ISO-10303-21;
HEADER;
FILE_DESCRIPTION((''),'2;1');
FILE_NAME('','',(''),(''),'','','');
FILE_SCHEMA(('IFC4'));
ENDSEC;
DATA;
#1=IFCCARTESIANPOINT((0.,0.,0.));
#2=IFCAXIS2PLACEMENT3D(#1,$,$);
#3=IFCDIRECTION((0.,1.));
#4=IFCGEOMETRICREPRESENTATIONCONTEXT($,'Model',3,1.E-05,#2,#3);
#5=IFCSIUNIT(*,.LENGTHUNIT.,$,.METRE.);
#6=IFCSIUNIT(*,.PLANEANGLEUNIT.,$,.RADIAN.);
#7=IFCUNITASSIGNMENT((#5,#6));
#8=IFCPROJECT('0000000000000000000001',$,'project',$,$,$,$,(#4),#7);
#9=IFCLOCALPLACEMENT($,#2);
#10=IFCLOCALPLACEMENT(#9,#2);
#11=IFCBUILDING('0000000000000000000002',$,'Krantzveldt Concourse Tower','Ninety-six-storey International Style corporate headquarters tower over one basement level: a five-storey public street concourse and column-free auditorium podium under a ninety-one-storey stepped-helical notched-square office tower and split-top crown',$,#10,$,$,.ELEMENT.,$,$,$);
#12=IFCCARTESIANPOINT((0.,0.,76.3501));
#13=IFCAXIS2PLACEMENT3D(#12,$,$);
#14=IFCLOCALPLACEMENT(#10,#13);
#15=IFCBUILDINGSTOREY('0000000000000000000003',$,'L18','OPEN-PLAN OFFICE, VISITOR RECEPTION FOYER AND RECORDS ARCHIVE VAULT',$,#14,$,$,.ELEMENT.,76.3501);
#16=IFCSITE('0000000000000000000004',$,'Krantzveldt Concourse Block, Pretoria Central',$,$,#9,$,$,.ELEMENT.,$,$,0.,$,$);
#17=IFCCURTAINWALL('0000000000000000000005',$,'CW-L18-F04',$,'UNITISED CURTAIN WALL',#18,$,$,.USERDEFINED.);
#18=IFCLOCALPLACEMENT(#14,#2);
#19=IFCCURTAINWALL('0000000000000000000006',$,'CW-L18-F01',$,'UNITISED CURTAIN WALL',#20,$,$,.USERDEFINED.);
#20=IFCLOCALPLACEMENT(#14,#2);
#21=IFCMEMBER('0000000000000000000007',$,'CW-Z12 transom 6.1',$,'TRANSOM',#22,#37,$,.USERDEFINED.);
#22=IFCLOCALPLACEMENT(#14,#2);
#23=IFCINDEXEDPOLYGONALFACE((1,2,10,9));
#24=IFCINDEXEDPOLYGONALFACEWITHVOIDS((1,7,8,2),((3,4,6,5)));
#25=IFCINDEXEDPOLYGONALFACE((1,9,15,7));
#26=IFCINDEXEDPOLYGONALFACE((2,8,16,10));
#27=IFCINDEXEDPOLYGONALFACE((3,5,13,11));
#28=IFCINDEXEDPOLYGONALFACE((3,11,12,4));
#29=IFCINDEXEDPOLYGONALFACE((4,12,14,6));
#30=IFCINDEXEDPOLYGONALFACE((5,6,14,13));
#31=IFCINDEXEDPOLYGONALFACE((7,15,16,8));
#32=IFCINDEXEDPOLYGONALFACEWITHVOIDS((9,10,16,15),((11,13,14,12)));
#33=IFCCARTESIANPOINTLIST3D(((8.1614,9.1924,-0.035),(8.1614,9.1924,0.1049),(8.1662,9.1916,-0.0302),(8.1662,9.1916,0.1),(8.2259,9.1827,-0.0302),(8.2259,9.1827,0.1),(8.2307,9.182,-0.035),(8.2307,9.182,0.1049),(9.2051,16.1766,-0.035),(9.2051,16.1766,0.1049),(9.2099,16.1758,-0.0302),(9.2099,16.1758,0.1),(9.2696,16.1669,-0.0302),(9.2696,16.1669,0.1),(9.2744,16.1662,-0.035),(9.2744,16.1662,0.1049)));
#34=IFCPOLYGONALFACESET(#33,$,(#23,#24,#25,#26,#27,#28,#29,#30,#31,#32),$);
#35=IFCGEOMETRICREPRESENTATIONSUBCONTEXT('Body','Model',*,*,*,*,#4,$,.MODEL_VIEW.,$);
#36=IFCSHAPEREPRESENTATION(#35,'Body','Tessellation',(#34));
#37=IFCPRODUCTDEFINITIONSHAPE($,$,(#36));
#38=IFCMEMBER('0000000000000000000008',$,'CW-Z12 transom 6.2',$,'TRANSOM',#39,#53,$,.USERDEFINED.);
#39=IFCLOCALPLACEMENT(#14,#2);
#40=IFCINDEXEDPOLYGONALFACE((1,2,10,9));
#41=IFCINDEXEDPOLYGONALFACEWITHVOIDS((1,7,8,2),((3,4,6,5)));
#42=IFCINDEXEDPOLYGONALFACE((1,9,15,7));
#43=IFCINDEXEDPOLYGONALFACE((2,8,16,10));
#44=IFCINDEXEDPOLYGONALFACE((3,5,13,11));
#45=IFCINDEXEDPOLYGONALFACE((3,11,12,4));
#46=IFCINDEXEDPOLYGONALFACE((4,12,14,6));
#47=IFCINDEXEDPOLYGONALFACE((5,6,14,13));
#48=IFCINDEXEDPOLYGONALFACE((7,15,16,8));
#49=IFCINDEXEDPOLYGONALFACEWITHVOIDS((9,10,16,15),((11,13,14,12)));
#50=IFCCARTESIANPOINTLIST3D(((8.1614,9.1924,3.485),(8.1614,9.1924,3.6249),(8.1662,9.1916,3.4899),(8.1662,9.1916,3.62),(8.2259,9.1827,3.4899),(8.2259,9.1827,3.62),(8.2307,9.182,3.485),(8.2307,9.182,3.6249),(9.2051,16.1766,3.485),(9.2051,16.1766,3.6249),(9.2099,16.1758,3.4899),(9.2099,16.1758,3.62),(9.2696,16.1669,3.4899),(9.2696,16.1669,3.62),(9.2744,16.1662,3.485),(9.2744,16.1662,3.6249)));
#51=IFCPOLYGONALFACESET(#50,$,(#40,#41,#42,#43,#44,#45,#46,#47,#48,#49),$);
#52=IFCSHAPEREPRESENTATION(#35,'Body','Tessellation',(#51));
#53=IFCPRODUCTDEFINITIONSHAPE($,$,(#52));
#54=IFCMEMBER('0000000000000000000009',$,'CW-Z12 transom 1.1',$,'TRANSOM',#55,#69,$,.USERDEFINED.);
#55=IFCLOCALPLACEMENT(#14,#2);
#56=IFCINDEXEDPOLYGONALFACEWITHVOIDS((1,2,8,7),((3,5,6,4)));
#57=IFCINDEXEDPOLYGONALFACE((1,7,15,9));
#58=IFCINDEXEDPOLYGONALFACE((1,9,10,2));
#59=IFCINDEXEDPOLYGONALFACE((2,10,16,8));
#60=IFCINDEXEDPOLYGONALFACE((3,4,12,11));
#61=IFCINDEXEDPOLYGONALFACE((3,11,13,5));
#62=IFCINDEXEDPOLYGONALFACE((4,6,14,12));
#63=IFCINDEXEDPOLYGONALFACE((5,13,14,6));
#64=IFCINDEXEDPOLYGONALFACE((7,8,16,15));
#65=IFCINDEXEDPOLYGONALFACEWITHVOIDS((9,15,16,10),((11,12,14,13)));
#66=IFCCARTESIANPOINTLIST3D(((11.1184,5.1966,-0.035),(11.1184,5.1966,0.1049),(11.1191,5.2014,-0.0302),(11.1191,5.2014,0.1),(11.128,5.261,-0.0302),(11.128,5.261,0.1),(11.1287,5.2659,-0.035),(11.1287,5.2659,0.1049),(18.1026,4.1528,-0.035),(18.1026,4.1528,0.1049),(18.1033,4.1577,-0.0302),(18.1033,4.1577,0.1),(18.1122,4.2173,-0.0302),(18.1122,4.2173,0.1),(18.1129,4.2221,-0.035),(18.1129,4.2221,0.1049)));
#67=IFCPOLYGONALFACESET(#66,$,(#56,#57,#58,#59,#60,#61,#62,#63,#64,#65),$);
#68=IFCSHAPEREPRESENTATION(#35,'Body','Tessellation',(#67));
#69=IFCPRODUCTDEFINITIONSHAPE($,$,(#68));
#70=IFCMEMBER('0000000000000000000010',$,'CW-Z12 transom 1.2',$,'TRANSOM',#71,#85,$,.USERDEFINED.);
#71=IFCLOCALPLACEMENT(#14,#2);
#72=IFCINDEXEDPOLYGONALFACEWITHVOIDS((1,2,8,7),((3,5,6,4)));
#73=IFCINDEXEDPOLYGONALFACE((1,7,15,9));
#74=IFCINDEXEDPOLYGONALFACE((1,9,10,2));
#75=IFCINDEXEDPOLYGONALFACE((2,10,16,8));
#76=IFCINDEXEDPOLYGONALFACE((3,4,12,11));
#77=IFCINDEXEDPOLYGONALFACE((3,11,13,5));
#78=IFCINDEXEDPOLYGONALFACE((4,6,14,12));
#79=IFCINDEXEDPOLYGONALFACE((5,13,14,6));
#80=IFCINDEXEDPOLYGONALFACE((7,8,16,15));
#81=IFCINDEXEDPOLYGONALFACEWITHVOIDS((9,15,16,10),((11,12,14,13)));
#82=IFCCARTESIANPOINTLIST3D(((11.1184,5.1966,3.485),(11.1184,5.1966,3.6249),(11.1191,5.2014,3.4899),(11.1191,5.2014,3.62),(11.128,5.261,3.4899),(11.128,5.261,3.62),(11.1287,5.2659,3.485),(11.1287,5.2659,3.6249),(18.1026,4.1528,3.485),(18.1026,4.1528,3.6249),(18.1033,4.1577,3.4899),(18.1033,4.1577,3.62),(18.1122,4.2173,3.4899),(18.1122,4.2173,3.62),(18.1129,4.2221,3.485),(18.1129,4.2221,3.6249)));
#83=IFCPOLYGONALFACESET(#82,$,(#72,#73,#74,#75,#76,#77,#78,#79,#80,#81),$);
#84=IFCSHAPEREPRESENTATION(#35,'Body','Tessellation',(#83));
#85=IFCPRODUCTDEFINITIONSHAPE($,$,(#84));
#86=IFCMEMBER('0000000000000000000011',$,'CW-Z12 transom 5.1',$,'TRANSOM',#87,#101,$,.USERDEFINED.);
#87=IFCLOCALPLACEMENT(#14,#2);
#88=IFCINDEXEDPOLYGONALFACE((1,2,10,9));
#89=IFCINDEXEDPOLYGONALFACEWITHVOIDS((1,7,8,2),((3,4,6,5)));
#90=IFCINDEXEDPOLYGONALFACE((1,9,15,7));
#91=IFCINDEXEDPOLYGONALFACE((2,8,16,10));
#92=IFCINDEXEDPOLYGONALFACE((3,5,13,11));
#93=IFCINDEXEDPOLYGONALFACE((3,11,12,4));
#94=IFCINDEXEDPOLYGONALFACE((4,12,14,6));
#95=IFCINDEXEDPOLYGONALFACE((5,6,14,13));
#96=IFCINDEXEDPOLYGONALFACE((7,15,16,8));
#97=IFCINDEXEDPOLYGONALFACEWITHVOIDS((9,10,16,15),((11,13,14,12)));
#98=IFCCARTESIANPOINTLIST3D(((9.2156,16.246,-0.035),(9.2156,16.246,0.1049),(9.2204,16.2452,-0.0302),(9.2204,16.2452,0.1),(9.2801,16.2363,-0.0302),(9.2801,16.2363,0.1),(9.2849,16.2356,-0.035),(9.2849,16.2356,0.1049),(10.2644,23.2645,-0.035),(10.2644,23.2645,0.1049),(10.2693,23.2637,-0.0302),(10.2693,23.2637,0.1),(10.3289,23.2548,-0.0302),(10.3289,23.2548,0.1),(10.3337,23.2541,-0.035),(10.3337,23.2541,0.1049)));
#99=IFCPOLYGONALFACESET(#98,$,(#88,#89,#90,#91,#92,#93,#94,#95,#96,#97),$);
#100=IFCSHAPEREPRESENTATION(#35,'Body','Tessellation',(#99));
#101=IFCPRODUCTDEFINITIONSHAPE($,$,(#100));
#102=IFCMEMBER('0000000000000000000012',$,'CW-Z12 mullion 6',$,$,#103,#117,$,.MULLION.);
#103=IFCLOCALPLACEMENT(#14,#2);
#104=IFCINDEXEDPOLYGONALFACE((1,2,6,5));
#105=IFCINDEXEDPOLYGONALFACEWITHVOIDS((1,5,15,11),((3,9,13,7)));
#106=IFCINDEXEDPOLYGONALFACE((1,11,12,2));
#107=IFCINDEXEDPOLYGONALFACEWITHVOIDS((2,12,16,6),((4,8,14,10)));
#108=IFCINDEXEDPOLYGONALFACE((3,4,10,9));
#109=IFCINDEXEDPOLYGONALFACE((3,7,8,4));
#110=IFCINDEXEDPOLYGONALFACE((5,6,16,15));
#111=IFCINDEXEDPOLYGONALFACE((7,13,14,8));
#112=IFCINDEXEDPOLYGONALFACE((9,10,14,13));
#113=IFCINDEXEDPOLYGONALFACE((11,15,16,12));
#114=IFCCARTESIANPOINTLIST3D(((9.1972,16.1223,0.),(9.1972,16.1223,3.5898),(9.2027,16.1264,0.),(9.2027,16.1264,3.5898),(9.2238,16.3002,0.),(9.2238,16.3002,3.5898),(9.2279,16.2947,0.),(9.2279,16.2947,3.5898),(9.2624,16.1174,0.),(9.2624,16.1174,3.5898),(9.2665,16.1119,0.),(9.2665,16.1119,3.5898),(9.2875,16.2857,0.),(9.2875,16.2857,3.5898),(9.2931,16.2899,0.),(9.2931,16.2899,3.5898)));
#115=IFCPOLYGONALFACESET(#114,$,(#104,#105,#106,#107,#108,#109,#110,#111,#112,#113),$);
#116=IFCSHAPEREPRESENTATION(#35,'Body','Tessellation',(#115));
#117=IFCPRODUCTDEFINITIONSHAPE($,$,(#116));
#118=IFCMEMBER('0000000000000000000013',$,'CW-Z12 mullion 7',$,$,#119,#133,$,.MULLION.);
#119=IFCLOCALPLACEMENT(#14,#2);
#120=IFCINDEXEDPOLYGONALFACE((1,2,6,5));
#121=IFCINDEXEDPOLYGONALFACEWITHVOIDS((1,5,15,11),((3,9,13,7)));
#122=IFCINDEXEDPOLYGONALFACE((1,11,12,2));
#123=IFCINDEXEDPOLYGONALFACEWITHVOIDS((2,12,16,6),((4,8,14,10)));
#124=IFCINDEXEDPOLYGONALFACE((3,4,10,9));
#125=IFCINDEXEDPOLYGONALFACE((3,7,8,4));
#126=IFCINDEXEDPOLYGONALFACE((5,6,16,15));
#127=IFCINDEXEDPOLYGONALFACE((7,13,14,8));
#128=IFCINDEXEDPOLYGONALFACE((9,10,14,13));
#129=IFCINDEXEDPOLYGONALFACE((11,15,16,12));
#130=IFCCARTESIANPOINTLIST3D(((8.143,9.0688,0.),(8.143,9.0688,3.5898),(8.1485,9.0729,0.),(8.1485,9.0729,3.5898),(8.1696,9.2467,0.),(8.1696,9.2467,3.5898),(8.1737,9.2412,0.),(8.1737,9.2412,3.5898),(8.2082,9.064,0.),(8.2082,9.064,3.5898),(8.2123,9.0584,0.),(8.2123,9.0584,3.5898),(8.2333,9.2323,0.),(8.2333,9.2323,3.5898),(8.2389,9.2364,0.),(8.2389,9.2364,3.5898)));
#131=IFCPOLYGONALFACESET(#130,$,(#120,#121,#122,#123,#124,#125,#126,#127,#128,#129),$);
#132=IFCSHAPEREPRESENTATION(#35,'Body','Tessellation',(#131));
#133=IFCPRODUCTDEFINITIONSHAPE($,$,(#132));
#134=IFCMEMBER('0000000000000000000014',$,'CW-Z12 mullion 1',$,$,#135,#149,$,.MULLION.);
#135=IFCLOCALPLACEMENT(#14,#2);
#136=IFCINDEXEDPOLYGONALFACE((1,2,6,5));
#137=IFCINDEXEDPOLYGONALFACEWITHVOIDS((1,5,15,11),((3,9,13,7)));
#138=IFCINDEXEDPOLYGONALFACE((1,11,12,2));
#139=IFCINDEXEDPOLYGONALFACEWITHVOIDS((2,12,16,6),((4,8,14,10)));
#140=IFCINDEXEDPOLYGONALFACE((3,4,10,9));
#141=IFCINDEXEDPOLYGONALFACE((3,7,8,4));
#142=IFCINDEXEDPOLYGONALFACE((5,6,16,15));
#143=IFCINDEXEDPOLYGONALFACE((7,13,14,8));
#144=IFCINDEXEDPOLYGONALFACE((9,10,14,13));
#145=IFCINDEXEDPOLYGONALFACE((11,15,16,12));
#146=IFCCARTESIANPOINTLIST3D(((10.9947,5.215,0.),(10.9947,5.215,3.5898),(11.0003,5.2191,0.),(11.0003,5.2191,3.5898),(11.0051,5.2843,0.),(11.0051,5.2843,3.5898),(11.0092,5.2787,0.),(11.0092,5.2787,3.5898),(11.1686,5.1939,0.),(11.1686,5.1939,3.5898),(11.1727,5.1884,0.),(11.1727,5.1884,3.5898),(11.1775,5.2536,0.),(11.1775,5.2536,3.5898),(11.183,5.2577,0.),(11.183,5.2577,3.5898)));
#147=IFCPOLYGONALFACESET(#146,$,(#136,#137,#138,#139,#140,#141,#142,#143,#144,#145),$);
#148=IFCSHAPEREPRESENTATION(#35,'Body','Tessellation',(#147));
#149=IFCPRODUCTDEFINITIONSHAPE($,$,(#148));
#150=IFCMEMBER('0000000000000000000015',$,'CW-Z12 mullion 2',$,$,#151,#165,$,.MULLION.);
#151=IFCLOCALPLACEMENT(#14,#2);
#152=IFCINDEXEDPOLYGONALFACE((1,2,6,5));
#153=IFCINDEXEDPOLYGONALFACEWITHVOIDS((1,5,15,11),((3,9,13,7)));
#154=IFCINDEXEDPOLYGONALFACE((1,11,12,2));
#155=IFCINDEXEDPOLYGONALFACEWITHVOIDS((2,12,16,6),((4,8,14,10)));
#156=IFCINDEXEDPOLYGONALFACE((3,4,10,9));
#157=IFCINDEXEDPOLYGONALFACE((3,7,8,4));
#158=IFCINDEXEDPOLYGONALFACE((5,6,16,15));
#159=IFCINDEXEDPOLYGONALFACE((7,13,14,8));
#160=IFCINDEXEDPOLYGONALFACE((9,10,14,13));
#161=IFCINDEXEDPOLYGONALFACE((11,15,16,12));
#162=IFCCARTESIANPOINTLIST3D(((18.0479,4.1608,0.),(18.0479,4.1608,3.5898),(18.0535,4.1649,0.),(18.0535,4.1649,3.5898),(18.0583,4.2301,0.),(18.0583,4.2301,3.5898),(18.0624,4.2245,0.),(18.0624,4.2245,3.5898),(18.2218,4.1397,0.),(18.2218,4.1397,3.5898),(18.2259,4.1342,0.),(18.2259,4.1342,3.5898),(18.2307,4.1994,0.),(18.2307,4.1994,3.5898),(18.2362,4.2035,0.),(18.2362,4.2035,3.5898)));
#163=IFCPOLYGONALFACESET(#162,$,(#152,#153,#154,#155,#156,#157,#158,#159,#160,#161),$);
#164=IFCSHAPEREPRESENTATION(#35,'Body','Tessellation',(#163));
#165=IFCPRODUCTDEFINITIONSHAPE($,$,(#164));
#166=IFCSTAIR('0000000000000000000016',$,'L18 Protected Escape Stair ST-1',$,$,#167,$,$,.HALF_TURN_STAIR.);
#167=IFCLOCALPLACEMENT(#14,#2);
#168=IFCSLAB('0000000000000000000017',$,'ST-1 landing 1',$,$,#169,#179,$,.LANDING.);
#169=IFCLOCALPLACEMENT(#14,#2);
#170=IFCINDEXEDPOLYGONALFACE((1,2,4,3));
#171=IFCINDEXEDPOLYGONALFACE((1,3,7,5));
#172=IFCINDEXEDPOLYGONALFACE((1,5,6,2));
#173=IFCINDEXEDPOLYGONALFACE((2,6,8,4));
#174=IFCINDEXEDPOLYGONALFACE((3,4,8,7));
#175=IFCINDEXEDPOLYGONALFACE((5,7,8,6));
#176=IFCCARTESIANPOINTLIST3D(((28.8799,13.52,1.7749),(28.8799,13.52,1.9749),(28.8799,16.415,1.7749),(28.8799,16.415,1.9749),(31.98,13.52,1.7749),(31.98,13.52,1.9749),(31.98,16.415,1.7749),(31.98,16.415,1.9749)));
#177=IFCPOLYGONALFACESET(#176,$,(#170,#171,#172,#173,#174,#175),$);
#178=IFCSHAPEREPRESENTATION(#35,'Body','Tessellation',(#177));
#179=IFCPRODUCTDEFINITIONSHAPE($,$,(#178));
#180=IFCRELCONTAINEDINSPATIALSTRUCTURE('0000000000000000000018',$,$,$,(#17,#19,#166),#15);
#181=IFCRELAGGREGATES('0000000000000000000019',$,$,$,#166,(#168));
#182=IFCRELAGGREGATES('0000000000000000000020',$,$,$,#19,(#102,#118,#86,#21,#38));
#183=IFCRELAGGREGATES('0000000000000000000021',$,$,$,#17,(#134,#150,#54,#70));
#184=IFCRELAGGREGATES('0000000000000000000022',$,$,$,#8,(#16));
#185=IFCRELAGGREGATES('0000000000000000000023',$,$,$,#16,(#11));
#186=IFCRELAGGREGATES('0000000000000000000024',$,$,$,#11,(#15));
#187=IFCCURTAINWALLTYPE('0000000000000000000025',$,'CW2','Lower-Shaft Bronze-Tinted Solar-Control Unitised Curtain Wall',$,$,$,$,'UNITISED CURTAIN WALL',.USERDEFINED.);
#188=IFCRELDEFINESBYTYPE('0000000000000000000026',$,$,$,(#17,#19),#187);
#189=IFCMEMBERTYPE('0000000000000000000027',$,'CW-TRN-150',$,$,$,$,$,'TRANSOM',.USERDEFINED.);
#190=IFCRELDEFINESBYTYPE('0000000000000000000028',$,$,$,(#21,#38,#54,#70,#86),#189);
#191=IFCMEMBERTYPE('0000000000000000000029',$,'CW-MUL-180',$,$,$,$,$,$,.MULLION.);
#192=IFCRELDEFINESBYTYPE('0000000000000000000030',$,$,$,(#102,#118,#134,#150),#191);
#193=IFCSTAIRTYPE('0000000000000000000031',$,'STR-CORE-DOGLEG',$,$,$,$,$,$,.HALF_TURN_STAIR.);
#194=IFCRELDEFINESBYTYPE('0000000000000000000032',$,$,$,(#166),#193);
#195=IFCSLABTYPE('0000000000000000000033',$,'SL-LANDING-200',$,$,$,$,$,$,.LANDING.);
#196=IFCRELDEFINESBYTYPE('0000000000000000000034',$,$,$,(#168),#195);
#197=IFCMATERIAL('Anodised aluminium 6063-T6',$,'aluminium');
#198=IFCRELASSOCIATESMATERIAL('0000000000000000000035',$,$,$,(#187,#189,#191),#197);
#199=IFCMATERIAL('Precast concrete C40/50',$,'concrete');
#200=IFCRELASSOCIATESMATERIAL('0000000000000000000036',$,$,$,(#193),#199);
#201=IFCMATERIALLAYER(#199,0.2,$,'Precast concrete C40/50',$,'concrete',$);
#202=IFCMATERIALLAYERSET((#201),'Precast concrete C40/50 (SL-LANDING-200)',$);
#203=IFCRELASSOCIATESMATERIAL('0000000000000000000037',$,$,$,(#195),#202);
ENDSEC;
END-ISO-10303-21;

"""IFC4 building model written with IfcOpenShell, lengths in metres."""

from ifc_helpers import new_model, si_unit, direction, frame, origin, origin_2d, place, context, subcontext, project, spatial, polyline, hollow_rectangle, outline, extrude, source, transform, mapped, material, layer, layer_set, material_profile, profile_set, type_object, type_shapes, element, aggregate, save


model = new_model("IFC4")

# Units and contexts
model_context = context("Model", 3, precision=1e-05, world=origin(), true_north=direction((0.0, 1.0)))
body_context = subcontext(model_context, "Body", "Model", "MODEL_VIEW")
ifc_project = project(units=[si_unit("LENGTHUNIT", "METRE"), si_unit("PLANEANGLEUNIT", "RADIAN")], contexts=[model_context])

# Site, building, storey
site_placement = place(None, origin())
site = spatial("IfcSite", under=ifc_project, at=site_placement, Name="Krantzveldt Concourse Block, Pretoria Central", CompositionType="ELEMENT", RefElevation=0.0)
building_placement = place(site_placement, origin())
building = spatial("IfcBuilding", under=site, at=building_placement, Name="Krantzveldt Concourse Tower", Description="Ninety-six-storey International Style corporate headquarters tower over one basement level: a five-storey public street concourse and column-free auditorium podium under a ninety-one-storey stepped-helical notched-square office tower and split-top crown", CompositionType="ELEMENT")
storey_placement = place(building_placement, frame((0.0, 0.0, 76.3501)))
storey = spatial("IfcBuildingStorey", under=building, at=storey_placement, Name="L18", Description="OPEN-PLAN OFFICE, VISITOR RECEPTION FOYER AND RECORDS ARCHIVE VAULT", CompositionType="ELEMENT", Elevation=76.3501)

# Curtain walls, members
ifc_material_1 = material(Name="Anodised aluminium 6063-T6", Category="aluminium")
curtain_wall_type = type_object("IfcCurtainWallType", Name="CW2", Description="Lower-Shaft Bronze-Tinted Solar-Control Unitised Curtain Wall", ElementType="UNITISED CURTAIN WALL", PredefinedType="USERDEFINED", material=ifc_material_1)
curtain_wall_1_placement = place(storey_placement, origin())
curtain_wall_1 = element("IfcCurtainWall", 1, at=curtain_wall_1_placement, inside=storey, type_object=curtain_wall_type, Name="CW-L18-F04", ObjectType="UNITISED CURTAIN WALL", PredefinedType="USERDEFINED")
ifc_material_profile_1 = material_profile(ifc_material_1, hollow_rectangle(XDim=0.0701, YDim=0.1399, WallThickness=0.0049, at=origin_2d()), Name="Anodised aluminium 6063-T6", Category="aluminium")
ifc_profile_set_1 = profile_set([ifc_material_profile_1], Name="Anodised aluminium 6063-T6 - ALU-TRAN 140x70x5")
member_type_1 = type_object("IfcMemberType", Name="CW-TRN-150", ElementType="TRANSOM", PredefinedType="USERDEFINED", material=ifc_profile_set_1)
curtain_wall_2_placement = place(storey_placement, origin())
curtain_wall_2 = element("IfcCurtainWall", 2, at=curtain_wall_2_placement, inside=storey, type_object=curtain_wall_type, Name="CW-L18-F01", ObjectType="UNITISED CURTAIN WALL", PredefinedType="USERDEFINED")
shared_shape_1 = source(origin(), body_context, "Body", "SweptSolid", [
    extrude(hollow_rectangle(XDim=0.0701, YDim=0.1399, WallThickness=0.0049, at=origin_2d()), origin(), (0.0, 0.0, 1.0), 7.0618),
])
member_1_placement = place(storey_placement, frame((9.2397, 16.1714, 0.0349), z_axis=(-0.147798, -0.989018, 0.0), x_axis=(0.989018, -0.147798, 0.0)))
member_1 = element("IfcMember", 3, at=member_1_placement, type_object=member_type_1, Name="CW-Z12 transom 6.1", ObjectType="TRANSOM", PredefinedType="USERDEFINED", context=body_context, shape_type="MappedRepresentation", body=[
    mapped(shared_shape_1, transform((0.0, 0.0, 0.0), x_axis=(1.0, 0.0, 0.0), y_axis=(0.0, 1.0, 0.0), z_axis=(0.0, 0.0, 1.0), scale=1.0)),
])
member_2_placement = place(storey_placement, frame((9.2397, 16.1714, 3.5549), z_axis=(-0.147798, -0.989018, 0.0), x_axis=(0.989018, -0.147798, 0.0)))
member_2 = element("IfcMember", 4, at=member_2_placement, type_object=member_type_1, Name="CW-Z12 transom 6.2", ObjectType="TRANSOM", PredefinedType="USERDEFINED", context=body_context, shape_type="MappedRepresentation", body=[
    mapped(shared_shape_1, transform((0.0, 0.0, 0.0), x_axis=(1.0, 0.0, 0.0), y_axis=(0.0, 1.0, 0.0), z_axis=(0.0, 0.0, 1.0), scale=1.0)),
])

# Members
member_3_placement = place(storey_placement, frame((11.1235, 5.2312, 0.0349), z_axis=(0.989018, -0.147798, 0.0), x_axis=(0.147798, 0.989018, 0.0)))
member_3 = element("IfcMember", 5, at=member_3_placement, type_object=member_type_1, Name="CW-Z12 transom 1.1", ObjectType="TRANSOM", PredefinedType="USERDEFINED", context=body_context, shape_type="MappedRepresentation", body=[
    mapped(shared_shape_1, transform((0.0, 0.0, 0.0), x_axis=(1.0, 0.0, 0.0), y_axis=(0.0, 1.0, 0.0), z_axis=(0.0, 0.0, 1.0), scale=1.0)),
])
member_4_placement = place(storey_placement, frame((11.1235, 5.2312, 3.5549), z_axis=(0.989018, -0.147798, 0.0), x_axis=(0.147798, 0.989018, 0.0)))
member_4 = element("IfcMember", 6, at=member_4_placement, type_object=member_type_1, Name="CW-Z12 transom 1.2", ObjectType="TRANSOM", PredefinedType="USERDEFINED", context=body_context, shape_type="MappedRepresentation", body=[
    mapped(shared_shape_1, transform((0.0, 0.0, 0.0), x_axis=(1.0, 0.0, 0.0), y_axis=(0.0, 1.0, 0.0), z_axis=(0.0, 0.0, 1.0), scale=1.0)),
])
shared_shape_2 = source(origin(), body_context, "Body", "SweptSolid", [
    extrude(hollow_rectangle(XDim=0.0701, YDim=0.1399, WallThickness=0.0049, at=origin_2d()), origin(), (0.0, 0.0, 1.0), 7.0964),
])
member_5_placement = place(storey_placement, frame((10.2991, 23.2593, 0.0349), z_axis=(-0.147795, -0.989018, 0.0), x_axis=(0.989018, -0.147795, 0.0)))
member_5 = element("IfcMember", 7, at=member_5_placement, type_object=member_type_1, Name="CW-Z12 transom 5.1", ObjectType="TRANSOM", PredefinedType="USERDEFINED", context=body_context, shape_type="MappedRepresentation", body=[
    mapped(shared_shape_2, transform((0.0, 0.0, 0.0), x_axis=(1.0, 0.0, 0.0), y_axis=(0.0, 1.0, 0.0), z_axis=(0.0, 0.0, 1.0), scale=1.0)),
])
ifc_material_profile_2 = material_profile(ifc_material_1, hollow_rectangle(XDim=0.0701, YDim=0.1799, WallThickness=0.0049, at=origin_2d()), Name="Anodised aluminium 6063-T6", Category="aluminium")
ifc_profile_set_2 = profile_set([ifc_material_profile_2], Name="Anodised aluminium 6063-T6 - ALU-MULL 180x70x5")
member_type_2 = type_object("IfcMemberType", Name="CW-MUL-180", PredefinedType="MULLION", material=ifc_profile_set_2)
shared_shape_3 = source(origin(), body_context, "Body", "SweptSolid", [
    extrude(hollow_rectangle(XDim=0.0701, YDim=0.1799, WallThickness=0.0049, at=origin_2d()), origin(), (0.0, 0.0, 1.0), 3.5898),
])
type_shapes(member_type_2, [shared_shape_3])
member_6_placement = place(storey_placement, frame((9.2451, 16.2061, 0.0), z_axis=(0.0, 0.0, 1.0), x_axis=(0.989016, -0.14781, 0.0)))
member_6 = element("IfcMember", 8, at=member_6_placement, type_object=member_type_2, Name="CW-Z12 mullion 6", PredefinedType="MULLION", context=body_context, shape_type="MappedRepresentation", body=[
    mapped(shared_shape_3, transform((0.0, 0.0, 0.0), x_axis=(1.0, 0.0, 0.0), y_axis=(0.0, 1.0, 0.0), z_axis=(0.0, 0.0, 1.0), scale=1.0)),
])
member_7_placement = place(storey_placement, frame((8.1909, 9.1526, 0.0), z_axis=(0.0, 0.0, 1.0), x_axis=(0.989016, -0.14781, 0.0)))
member_7 = element("IfcMember", 9, at=member_7_placement, type_object=member_type_2, Name="CW-Z12 mullion 7", PredefinedType="MULLION", context=body_context, shape_type="MappedRepresentation", body=[
    mapped(shared_shape_3, transform((0.0, 0.0, 0.0), x_axis=(1.0, 0.0, 0.0), y_axis=(0.0, 1.0, 0.0), z_axis=(0.0, 0.0, 1.0), scale=1.0)),
])
member_8_placement = place(storey_placement, frame((11.0889, 5.2363, 0.0), z_axis=(0.0, 0.0, 1.0), x_axis=(0.14781, 0.989016, 0.0)))
member_8 = element("IfcMember", 10, at=member_8_placement, type_object=member_type_2, Name="CW-Z12 mullion 1", PredefinedType="MULLION", context=body_context, shape_type="MappedRepresentation", body=[
    mapped(shared_shape_3, transform((0.0, 0.0, 0.0), x_axis=(1.0, 0.0, 0.0), y_axis=(0.0, 1.0, 0.0), z_axis=(0.0, 0.0, 1.0), scale=1.0)),
])
member_9_placement = place(storey_placement, frame((18.1421, 4.1821, 0.0), z_axis=(0.0, 0.0, 1.0), x_axis=(0.14781, 0.989016, 0.0)))
member_9 = element("IfcMember", 11, at=member_9_placement, type_object=member_type_2, Name="CW-Z12 mullion 2", PredefinedType="MULLION", context=body_context, shape_type="MappedRepresentation", body=[
    mapped(shared_shape_3, transform((0.0, 0.0, 0.0), x_axis=(1.0, 0.0, 0.0), y_axis=(0.0, 1.0, 0.0), z_axis=(0.0, 0.0, 1.0), scale=1.0)),
])

# Stair, slab
ifc_material_2 = material(Name="Precast concrete C40/50", Category="concrete")
stair_type = type_object("IfcStairType", Name="STR-CORE-DOGLEG", PredefinedType="HALF_TURN_STAIR", material=ifc_material_2)
stair_1_placement = place(storey_placement, origin())
stair_1 = element("IfcStair", 12, at=stair_1_placement, inside=storey, type_object=stair_type, Name="L18 Protected Escape Stair ST-1", PredefinedType="HALF_TURN_STAIR")
ifc_layer_1 = layer(ifc_material_2, 0.2, Name="Precast concrete C40/50", Category="concrete")
ifc_layer_set_1 = layer_set([ifc_layer_1], Name="Precast concrete C40/50 (SL-LANDING-200)")
slab_type_1 = type_object("IfcSlabType", Name="SL-LANDING-200", PredefinedType="LANDING", material=ifc_layer_set_1)
slab_1_placement = place(storey_placement, frame((0.0, 0.0, 1.7749)))
slab_1 = element("IfcSlab", 13, at=slab_1_placement, type_object=slab_type_1, Name="ST-1 landing 1", PredefinedType="LANDING", context=body_context, shape_type="SweptSolid", body=[
    extrude(outline(polyline([(28.8799, 16.415), (28.8799, 13.52), (31.98, 13.52), (31.98, 16.415), (28.8799, 16.415)])), origin(), (0.0, 0.0, 1.0), 0.2),
])
aggregate(stair_1, [slab_1])

aggregate(curtain_wall_2, [member_6, member_7, member_5, member_1, member_2])
aggregate(curtain_wall_1, [member_8, member_9, member_3, member_4])

save(model, "model.ifc")
